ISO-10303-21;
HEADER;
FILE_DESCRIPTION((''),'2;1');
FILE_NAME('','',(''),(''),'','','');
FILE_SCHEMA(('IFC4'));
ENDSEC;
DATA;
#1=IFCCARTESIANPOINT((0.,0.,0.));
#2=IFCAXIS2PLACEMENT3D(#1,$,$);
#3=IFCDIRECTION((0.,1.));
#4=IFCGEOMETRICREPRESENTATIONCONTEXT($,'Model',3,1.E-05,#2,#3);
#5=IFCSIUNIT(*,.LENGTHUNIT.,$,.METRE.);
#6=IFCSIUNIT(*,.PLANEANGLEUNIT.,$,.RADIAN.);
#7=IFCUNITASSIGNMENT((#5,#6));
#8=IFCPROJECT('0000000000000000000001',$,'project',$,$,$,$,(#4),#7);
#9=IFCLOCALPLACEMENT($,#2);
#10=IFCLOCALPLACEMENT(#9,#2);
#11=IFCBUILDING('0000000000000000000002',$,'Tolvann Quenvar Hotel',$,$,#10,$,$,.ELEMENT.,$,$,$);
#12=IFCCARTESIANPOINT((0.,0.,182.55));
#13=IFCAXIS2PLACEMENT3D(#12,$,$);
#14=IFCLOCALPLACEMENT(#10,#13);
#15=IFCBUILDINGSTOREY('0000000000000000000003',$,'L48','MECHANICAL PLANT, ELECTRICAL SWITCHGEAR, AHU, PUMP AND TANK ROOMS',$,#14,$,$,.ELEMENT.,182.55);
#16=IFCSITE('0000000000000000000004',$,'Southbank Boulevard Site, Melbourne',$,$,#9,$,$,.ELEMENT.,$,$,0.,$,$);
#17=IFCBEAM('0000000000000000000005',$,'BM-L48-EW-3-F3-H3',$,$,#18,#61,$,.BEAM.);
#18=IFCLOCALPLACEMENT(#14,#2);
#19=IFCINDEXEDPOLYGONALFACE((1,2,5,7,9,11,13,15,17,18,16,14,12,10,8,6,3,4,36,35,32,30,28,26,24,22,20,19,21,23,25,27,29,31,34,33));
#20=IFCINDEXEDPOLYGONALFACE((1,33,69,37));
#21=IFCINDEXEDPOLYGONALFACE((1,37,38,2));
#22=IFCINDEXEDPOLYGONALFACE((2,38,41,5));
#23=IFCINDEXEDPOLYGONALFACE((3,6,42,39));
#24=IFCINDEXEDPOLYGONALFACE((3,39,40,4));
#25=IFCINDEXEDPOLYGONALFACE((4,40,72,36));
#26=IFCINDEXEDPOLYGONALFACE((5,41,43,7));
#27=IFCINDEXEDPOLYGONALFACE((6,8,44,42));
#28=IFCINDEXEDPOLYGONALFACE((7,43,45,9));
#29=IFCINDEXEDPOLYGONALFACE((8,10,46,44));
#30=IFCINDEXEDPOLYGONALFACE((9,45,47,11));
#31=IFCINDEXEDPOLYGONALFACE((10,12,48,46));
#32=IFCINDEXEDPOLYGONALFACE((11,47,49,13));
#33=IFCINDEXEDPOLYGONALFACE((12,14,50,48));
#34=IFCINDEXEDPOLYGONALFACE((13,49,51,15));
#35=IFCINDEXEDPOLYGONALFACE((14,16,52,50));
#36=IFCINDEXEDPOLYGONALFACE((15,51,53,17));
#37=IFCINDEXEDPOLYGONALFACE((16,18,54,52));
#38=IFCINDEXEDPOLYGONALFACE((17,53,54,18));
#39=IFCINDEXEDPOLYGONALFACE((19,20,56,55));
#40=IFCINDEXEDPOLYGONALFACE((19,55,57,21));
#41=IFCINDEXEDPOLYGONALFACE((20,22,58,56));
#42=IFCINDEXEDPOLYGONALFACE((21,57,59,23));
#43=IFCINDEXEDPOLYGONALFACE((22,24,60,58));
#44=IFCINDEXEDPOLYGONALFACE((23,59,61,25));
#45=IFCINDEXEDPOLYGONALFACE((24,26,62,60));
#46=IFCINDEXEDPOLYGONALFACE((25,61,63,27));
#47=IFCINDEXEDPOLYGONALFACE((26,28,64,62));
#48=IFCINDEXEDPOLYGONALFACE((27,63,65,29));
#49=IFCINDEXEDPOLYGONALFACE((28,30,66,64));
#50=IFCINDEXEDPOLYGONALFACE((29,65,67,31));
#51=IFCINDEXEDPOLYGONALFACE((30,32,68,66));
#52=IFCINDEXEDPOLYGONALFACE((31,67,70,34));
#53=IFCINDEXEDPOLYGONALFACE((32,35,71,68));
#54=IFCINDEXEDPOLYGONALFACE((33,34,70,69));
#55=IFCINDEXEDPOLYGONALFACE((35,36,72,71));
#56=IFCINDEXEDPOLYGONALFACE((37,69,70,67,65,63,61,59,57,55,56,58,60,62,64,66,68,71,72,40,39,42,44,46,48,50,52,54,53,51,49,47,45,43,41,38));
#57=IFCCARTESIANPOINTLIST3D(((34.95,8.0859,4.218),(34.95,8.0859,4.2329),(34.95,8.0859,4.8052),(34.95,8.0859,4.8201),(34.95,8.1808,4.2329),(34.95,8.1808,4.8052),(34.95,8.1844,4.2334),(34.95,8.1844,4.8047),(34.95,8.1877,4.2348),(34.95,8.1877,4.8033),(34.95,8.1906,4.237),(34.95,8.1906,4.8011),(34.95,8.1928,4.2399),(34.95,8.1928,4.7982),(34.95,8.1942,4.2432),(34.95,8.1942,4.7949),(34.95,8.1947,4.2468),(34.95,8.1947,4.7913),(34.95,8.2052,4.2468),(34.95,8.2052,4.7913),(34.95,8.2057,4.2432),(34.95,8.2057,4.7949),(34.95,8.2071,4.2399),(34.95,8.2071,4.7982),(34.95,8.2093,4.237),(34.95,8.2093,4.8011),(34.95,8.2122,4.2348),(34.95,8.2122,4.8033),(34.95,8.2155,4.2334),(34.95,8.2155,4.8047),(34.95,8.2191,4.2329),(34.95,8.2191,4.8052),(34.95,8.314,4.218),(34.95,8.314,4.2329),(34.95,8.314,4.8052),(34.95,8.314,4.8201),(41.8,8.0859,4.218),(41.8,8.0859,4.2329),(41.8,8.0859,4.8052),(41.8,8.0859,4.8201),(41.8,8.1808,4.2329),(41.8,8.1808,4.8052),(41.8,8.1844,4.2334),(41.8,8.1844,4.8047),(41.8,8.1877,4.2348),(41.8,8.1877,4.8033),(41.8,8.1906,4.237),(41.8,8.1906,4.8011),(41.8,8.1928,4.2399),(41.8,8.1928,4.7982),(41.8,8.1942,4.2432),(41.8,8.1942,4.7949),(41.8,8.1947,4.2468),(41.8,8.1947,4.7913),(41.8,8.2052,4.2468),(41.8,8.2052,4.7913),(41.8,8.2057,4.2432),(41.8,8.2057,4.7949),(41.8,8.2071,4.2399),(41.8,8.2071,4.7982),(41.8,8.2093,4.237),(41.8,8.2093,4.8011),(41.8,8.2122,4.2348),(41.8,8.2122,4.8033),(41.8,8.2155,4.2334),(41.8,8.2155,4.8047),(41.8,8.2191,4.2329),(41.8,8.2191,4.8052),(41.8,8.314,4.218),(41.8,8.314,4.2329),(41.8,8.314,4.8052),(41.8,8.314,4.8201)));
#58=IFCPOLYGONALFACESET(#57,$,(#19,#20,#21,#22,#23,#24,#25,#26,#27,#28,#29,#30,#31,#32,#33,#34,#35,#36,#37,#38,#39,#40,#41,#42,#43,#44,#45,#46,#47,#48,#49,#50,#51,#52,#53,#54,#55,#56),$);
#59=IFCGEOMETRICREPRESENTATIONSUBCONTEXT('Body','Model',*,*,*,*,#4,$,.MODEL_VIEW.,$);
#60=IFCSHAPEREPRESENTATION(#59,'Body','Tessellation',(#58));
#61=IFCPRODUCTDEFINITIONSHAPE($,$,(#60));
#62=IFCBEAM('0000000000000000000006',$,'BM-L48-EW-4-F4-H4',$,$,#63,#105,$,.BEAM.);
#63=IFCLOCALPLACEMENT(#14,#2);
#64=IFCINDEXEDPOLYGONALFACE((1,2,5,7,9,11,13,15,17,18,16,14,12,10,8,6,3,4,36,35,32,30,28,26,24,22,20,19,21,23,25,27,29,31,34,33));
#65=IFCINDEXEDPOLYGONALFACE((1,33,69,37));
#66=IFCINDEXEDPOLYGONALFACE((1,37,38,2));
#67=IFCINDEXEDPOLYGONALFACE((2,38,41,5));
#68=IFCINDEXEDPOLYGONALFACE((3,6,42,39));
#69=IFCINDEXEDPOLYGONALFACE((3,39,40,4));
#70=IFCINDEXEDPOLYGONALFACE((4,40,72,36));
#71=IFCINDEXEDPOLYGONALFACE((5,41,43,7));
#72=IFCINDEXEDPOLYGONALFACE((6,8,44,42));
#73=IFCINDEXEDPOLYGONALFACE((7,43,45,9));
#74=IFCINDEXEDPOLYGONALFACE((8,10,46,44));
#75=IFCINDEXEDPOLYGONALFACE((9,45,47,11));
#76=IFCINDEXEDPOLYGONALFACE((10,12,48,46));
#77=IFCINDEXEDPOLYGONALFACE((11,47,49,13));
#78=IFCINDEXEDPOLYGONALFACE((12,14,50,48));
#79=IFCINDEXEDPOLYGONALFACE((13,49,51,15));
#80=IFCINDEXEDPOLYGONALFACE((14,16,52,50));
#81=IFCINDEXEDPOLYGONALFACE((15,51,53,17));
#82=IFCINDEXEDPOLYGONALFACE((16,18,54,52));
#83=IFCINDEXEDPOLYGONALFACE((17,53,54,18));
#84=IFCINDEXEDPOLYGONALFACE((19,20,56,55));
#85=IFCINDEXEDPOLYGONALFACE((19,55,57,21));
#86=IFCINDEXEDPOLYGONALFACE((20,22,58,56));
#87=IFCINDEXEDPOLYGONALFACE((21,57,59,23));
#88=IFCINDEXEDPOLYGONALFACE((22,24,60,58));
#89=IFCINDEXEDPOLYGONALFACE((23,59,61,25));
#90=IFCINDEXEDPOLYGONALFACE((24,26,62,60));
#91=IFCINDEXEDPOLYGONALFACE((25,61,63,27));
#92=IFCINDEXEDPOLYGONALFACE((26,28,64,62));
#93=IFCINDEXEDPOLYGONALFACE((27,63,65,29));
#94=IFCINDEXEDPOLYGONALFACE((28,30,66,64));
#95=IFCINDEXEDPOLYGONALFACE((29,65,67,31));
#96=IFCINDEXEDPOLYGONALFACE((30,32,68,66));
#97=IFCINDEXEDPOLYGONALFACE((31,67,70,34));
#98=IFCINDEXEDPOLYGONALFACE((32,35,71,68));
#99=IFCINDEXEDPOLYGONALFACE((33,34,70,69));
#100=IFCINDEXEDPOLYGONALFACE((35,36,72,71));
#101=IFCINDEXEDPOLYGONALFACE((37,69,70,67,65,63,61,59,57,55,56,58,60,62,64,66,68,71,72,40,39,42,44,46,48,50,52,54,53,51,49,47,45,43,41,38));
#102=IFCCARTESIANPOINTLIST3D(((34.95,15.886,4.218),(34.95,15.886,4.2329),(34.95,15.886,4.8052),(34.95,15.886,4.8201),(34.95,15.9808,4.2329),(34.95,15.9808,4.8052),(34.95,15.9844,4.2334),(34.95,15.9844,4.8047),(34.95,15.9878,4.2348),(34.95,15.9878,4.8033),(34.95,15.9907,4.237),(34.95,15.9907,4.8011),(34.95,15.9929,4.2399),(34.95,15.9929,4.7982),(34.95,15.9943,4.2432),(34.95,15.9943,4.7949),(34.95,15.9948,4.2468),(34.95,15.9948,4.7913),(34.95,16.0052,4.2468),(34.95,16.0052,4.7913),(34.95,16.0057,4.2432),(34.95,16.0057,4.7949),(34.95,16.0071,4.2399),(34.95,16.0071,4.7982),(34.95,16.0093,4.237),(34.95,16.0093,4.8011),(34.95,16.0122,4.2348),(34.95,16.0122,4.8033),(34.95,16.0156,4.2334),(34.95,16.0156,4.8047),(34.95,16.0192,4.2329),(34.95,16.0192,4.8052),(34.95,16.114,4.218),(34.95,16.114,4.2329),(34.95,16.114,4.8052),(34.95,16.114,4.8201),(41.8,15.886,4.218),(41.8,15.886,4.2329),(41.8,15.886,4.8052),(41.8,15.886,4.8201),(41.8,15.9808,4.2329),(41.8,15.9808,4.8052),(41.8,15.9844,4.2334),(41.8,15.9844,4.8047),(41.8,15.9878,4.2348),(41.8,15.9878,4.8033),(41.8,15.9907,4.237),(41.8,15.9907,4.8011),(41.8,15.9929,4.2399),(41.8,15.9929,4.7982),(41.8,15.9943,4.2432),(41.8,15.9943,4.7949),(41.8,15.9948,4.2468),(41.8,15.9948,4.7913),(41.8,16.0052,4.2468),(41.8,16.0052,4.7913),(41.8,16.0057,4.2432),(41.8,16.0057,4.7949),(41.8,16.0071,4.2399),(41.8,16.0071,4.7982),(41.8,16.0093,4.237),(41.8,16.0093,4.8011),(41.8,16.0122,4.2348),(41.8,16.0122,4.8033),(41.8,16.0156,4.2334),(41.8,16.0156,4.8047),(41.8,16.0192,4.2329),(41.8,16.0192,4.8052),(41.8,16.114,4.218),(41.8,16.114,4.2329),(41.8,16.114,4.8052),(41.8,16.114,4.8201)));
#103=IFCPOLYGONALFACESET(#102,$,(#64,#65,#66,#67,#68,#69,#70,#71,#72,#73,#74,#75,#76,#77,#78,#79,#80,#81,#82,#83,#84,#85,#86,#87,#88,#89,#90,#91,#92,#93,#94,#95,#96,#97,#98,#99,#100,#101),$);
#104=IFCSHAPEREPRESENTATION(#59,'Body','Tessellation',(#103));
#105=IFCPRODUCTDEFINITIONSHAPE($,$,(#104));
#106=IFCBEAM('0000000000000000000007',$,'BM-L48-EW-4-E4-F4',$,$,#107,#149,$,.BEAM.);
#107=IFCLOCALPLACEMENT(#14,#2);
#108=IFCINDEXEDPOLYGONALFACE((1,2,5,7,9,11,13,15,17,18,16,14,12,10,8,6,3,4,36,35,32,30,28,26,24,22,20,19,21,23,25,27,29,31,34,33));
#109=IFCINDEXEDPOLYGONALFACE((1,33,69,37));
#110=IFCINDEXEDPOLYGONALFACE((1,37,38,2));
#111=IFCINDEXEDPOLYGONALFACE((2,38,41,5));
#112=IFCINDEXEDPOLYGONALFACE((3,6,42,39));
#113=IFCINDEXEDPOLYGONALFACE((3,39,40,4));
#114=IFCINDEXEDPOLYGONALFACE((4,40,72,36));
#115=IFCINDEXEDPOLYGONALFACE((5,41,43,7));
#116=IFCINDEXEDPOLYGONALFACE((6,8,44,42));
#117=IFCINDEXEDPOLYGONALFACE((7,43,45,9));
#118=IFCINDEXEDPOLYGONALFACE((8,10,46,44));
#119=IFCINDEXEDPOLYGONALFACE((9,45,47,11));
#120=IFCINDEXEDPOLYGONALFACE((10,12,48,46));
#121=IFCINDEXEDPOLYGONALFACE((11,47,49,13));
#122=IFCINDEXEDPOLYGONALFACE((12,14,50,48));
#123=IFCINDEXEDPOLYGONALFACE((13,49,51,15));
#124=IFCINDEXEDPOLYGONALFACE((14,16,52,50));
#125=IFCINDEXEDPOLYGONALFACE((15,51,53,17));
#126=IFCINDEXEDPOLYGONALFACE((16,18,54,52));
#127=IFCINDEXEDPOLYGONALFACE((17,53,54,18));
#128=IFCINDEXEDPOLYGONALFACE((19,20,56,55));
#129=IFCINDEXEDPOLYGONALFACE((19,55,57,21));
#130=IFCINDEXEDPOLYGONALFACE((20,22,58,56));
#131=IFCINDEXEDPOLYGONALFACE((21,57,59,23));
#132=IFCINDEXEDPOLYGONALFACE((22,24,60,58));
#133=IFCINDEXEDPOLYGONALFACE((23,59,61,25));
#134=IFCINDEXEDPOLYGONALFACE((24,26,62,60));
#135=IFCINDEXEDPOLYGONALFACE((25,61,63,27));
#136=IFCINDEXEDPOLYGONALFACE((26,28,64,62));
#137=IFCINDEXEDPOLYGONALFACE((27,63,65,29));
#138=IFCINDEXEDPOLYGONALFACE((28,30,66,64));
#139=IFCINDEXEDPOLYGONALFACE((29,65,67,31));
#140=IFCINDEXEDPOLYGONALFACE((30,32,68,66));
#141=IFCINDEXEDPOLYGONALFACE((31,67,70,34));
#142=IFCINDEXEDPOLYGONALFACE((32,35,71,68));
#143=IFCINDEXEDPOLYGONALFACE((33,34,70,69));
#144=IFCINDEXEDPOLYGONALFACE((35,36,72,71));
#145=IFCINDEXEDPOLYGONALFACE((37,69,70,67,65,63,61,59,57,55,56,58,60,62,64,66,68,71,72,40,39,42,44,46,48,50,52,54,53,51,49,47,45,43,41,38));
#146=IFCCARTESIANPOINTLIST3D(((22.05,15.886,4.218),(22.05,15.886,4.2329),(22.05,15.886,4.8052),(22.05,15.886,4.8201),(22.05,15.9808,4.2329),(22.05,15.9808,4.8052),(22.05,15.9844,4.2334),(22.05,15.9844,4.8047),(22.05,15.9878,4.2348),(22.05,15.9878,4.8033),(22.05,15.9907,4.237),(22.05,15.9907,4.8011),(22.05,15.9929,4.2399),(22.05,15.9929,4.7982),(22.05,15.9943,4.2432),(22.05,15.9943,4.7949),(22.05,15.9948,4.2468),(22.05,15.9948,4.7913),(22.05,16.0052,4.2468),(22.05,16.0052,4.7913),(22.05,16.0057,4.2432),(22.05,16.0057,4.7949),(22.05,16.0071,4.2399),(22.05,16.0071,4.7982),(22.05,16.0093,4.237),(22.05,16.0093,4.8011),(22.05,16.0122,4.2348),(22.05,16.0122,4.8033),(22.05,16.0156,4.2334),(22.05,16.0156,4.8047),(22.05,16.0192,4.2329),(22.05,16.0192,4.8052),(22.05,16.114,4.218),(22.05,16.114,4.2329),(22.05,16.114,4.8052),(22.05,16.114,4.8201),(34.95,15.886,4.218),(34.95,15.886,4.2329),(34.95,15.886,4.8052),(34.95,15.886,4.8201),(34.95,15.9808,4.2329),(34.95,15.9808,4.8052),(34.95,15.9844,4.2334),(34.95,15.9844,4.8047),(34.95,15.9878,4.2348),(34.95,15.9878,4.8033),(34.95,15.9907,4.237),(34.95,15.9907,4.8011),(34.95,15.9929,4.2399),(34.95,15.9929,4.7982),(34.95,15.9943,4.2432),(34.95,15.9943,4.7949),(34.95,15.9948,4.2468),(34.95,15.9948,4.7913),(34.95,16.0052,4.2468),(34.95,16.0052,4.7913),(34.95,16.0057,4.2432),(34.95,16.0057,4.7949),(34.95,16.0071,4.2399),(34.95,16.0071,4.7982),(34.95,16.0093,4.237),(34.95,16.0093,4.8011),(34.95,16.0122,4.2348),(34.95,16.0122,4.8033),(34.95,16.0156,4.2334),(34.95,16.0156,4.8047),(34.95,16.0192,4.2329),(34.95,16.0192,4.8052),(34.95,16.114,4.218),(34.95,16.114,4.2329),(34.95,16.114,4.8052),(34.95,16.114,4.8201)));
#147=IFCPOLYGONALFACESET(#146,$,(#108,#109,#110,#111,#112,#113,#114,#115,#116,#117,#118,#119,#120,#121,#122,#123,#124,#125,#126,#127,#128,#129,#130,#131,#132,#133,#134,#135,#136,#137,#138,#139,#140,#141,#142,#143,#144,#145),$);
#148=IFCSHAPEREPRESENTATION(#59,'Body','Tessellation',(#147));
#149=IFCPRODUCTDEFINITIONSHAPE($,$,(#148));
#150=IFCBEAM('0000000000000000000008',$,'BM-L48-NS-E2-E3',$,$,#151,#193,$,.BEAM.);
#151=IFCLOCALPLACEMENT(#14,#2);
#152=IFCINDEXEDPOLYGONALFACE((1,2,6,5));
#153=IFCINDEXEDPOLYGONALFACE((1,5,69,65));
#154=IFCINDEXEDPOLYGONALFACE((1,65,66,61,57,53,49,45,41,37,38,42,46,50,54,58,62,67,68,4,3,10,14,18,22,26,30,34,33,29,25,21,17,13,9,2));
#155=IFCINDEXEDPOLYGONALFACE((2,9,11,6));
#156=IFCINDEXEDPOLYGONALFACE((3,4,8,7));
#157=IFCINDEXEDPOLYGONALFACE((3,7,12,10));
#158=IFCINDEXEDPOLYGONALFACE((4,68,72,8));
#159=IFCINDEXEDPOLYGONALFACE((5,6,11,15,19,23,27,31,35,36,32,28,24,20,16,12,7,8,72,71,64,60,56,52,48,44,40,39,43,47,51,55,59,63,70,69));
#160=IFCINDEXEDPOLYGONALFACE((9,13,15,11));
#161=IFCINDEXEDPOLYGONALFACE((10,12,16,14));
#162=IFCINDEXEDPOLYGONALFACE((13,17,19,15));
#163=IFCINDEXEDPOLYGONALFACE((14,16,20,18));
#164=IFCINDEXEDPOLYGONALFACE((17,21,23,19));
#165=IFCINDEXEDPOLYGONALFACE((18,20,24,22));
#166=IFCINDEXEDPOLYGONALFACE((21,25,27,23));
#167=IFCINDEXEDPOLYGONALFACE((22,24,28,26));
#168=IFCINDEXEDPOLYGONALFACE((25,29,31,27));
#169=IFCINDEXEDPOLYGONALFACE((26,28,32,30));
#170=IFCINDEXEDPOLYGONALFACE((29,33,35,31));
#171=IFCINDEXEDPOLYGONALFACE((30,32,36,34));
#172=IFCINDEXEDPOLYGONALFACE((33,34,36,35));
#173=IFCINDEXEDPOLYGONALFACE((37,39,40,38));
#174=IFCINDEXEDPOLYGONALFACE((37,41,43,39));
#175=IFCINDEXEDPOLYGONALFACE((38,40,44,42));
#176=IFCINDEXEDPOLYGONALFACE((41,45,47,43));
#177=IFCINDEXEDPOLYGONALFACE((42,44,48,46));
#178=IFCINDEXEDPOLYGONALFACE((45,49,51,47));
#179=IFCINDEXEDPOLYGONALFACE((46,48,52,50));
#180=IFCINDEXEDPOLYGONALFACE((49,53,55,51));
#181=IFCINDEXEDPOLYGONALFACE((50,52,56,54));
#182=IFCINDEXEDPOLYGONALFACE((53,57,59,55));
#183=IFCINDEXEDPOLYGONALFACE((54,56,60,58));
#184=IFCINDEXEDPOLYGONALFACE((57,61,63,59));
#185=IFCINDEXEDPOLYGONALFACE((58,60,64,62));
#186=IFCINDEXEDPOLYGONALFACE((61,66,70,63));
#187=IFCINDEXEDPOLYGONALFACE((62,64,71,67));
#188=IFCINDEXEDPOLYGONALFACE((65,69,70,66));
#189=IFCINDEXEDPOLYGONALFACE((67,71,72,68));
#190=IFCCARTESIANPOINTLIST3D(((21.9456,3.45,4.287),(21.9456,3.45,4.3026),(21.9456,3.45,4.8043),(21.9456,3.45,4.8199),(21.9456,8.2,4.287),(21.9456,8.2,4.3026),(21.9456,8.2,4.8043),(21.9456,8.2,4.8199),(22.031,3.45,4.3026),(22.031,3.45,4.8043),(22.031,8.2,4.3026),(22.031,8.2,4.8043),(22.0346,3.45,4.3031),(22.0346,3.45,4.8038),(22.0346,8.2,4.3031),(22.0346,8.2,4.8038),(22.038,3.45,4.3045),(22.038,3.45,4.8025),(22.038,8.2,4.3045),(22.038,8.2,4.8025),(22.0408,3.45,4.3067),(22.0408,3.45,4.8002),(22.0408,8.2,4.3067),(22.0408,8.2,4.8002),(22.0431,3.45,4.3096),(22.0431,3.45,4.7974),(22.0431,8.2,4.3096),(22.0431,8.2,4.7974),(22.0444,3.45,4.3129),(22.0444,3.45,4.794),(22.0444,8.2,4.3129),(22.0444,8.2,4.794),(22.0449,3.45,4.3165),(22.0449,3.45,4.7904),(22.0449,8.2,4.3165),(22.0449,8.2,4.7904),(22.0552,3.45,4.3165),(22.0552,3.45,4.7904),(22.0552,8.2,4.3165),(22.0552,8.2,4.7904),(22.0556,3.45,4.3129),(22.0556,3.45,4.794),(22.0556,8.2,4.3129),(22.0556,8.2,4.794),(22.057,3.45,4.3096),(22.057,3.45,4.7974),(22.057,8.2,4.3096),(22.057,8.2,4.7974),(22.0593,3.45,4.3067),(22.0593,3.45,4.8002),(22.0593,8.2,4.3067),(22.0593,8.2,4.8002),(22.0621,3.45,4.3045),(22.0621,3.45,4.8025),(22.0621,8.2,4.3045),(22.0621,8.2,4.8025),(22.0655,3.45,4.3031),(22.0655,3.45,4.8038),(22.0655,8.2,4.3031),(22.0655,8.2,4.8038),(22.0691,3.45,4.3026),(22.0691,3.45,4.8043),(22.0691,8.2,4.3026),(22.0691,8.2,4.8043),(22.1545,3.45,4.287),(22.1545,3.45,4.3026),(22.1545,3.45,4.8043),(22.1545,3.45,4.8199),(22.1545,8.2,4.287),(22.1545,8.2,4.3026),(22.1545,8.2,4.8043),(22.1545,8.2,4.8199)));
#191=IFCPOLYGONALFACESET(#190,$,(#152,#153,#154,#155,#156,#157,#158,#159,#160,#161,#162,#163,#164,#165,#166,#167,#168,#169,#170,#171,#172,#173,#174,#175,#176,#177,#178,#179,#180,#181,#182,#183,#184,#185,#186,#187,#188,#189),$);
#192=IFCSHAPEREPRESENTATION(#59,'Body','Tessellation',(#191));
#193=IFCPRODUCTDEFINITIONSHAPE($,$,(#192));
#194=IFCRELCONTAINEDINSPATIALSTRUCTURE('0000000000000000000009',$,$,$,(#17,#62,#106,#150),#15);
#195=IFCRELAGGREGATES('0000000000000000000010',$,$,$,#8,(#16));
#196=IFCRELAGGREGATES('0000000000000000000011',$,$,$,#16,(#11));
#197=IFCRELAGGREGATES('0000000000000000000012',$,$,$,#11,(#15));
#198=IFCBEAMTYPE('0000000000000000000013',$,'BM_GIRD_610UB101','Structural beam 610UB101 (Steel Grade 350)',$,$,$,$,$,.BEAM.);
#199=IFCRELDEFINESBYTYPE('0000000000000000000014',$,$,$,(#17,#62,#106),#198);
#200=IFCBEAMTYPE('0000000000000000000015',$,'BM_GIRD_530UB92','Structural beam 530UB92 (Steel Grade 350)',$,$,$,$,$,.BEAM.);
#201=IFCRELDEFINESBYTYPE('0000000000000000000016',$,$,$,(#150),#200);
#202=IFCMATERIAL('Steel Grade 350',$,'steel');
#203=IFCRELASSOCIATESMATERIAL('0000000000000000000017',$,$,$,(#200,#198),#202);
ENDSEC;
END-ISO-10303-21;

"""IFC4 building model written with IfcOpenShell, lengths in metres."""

from ifc_helpers import new_model, si_unit, direction, frame, origin, origin_2d, place, context, subcontext, project, spatial, i_section, extrude, source, transform, mapped, material, material_profile, profile_set, type_object, type_shapes, element, save


model = new_model("IFC4")

# Units and contexts
model_context = context("Model", 3, precision=1e-05, world=origin(), true_north=direction((0.0, 1.0)))
body_context = subcontext(model_context, "Body", "Model", "MODEL_VIEW")
ifc_project = project(units=[si_unit("LENGTHUNIT", "METRE"), si_unit("PLANEANGLEUNIT", "RADIAN")], contexts=[model_context])

# Site, building, storey
site_placement = place(None, origin())
site = spatial("IfcSite", under=ifc_project, at=site_placement, Name="Southbank Boulevard Site, Melbourne", CompositionType="ELEMENT", RefElevation=0.0)
building_placement = place(site_placement, origin())
building = spatial("IfcBuilding", under=site, at=building_placement, Name="Tolvann Quenvar Hotel", CompositionType="ELEMENT")
storey_placement = place(building_placement, frame((0.0, 0.0, 182.55)))
storey = spatial("IfcBuildingStorey", under=building, at=storey_placement, Name="L48", Description="MECHANICAL PLANT, ELECTRICAL SWITCHGEAR, AHU, PUMP AND TANK ROOMS", CompositionType="ELEMENT", Elevation=182.55)

# Shared definitions
ifc_material_1 = material(Name="Steel Grade 350", Category="steel")

# Beams
ifc_material_profile_1 = material_profile(ifc_material_1, i_section(OverallWidth=0.209, OverallDepth=0.533, WebThickness=0.0103, FlangeThickness=0.0156, FilletRadius=0.0139, at=origin_2d()), Name="530UB92")
ifc_profile_set_1 = profile_set([ifc_material_profile_1], Name="Steel Grade 350")
beam_type_1 = type_object("IfcBeamType", Name="BM_GIRD_530UB92", Description="Structural beam 530UB92 (Steel Grade 350)", PredefinedType="BEAM", material=ifc_profile_set_1)
ifc_material_profile_2 = material_profile(ifc_material_1, i_section(OverallWidth=0.228, OverallDepth=0.6021, WebThickness=0.0105, FlangeThickness=0.0149, FilletRadius=0.0139, at=origin_2d()), Name="610UB101")
ifc_profile_set_2 = profile_set([ifc_material_profile_2], Name="Steel Grade 350")
beam_type_2 = type_object("IfcBeamType", Name="BM_GIRD_610UB101", Description="Structural beam 610UB101 (Steel Grade 350)", PredefinedType="BEAM", material=ifc_profile_set_2)
shared_shape_1 = source(origin(), body_context, "Body", "SweptSolid", [
    extrude(i_section(OverallWidth=0.228, OverallDepth=0.6021, WebThickness=0.0105, FlangeThickness=0.0149, FilletRadius=0.0139, at=origin_2d()), origin(), (0.0, 0.0, 1.0), 6.8501),
])
for number, where, z_axis, x_axis, name in (
    (1, (34.95, 8.2, 4.519), (1.0, 0.0, 0.0), (0.0, 1.0, 0.0), "BM-L48-EW-3-F3-H3"),
    (2, (34.95, 16.0, 4.519), (1.0, 0.0, 0.0), (0.0, 1.0, 0.0), "BM-L48-EW-4-F4-H4"),
):
    element("IfcBeam", number, at=place(storey_placement, frame(where, z_axis=z_axis, x_axis=x_axis)), inside=storey, type_object=beam_type_2, Name=name, PredefinedType="BEAM", context=body_context, shape_type="MappedRepresentation", body=[
        mapped(shared_shape_1, transform((0.0, 0.0, 0.0), x_axis=(1.0, 0.0, 0.0), y_axis=(0.0, 1.0, 0.0), z_axis=(0.0, 0.0, 1.0), scale=1.0)),
    ])
shared_shape_2 = source(origin(), body_context, "Body", "SweptSolid", [
    extrude(i_section(OverallWidth=0.228, OverallDepth=0.6021, WebThickness=0.0105, FlangeThickness=0.0149, FilletRadius=0.0139, at=origin_2d()), origin(), (0.0, 0.0, 1.0), 12.8999),
])
type_shapes(beam_type_2, [shared_shape_1, shared_shape_2])
beam_1_placement = place(storey_placement, frame((22.05, 16.0, 4.519), z_axis=(1.0, 0.0, 0.0), x_axis=(0.0, 1.0, 0.0)))
element("IfcBeam", 3, at=beam_1_placement, inside=storey, type_object=beam_type_2, Name="BM-L48-EW-4-E4-F4", PredefinedType="BEAM", context=body_context, shape_type="MappedRepresentation", body=[
    mapped(shared_shape_2, transform((0.0, 0.0, 0.0), x_axis=(1.0, 0.0, 0.0), y_axis=(0.0, 1.0, 0.0), z_axis=(0.0, 0.0, 1.0), scale=1.0)),
])
shared_shape_3 = source(origin(), body_context, "Body", "SweptSolid", [
    extrude(i_section(OverallWidth=0.209, OverallDepth=0.533, WebThickness=0.0103, FlangeThickness=0.0156, FilletRadius=0.0139, at=origin_2d()), origin(), (0.0, 0.0, 1.0), 4.75),
])
for number, where, z_axis, x_axis, name in (
    (4, (22.05, 3.45, 4.5535), (0.0, 1.0, 0.0), (-1.0, 0.0, 0.0), "BM-L48-NS-E2-E3"),
):
    element("IfcBeam", number, at=place(storey_placement, frame(where, z_axis=z_axis, x_axis=x_axis)), inside=storey, type_object=beam_type_1, Name=name, PredefinedType="BEAM", context=body_context, shape_type="MappedRepresentation", body=[
        mapped(shared_shape_3, transform((0.0, 0.0, 0.0), x_axis=(1.0, 0.0, 0.0), y_axis=(0.0, 1.0, 0.0), z_axis=(0.0, 0.0, 1.0), scale=1.0)),
    ])

save(model, "model.ifc")
